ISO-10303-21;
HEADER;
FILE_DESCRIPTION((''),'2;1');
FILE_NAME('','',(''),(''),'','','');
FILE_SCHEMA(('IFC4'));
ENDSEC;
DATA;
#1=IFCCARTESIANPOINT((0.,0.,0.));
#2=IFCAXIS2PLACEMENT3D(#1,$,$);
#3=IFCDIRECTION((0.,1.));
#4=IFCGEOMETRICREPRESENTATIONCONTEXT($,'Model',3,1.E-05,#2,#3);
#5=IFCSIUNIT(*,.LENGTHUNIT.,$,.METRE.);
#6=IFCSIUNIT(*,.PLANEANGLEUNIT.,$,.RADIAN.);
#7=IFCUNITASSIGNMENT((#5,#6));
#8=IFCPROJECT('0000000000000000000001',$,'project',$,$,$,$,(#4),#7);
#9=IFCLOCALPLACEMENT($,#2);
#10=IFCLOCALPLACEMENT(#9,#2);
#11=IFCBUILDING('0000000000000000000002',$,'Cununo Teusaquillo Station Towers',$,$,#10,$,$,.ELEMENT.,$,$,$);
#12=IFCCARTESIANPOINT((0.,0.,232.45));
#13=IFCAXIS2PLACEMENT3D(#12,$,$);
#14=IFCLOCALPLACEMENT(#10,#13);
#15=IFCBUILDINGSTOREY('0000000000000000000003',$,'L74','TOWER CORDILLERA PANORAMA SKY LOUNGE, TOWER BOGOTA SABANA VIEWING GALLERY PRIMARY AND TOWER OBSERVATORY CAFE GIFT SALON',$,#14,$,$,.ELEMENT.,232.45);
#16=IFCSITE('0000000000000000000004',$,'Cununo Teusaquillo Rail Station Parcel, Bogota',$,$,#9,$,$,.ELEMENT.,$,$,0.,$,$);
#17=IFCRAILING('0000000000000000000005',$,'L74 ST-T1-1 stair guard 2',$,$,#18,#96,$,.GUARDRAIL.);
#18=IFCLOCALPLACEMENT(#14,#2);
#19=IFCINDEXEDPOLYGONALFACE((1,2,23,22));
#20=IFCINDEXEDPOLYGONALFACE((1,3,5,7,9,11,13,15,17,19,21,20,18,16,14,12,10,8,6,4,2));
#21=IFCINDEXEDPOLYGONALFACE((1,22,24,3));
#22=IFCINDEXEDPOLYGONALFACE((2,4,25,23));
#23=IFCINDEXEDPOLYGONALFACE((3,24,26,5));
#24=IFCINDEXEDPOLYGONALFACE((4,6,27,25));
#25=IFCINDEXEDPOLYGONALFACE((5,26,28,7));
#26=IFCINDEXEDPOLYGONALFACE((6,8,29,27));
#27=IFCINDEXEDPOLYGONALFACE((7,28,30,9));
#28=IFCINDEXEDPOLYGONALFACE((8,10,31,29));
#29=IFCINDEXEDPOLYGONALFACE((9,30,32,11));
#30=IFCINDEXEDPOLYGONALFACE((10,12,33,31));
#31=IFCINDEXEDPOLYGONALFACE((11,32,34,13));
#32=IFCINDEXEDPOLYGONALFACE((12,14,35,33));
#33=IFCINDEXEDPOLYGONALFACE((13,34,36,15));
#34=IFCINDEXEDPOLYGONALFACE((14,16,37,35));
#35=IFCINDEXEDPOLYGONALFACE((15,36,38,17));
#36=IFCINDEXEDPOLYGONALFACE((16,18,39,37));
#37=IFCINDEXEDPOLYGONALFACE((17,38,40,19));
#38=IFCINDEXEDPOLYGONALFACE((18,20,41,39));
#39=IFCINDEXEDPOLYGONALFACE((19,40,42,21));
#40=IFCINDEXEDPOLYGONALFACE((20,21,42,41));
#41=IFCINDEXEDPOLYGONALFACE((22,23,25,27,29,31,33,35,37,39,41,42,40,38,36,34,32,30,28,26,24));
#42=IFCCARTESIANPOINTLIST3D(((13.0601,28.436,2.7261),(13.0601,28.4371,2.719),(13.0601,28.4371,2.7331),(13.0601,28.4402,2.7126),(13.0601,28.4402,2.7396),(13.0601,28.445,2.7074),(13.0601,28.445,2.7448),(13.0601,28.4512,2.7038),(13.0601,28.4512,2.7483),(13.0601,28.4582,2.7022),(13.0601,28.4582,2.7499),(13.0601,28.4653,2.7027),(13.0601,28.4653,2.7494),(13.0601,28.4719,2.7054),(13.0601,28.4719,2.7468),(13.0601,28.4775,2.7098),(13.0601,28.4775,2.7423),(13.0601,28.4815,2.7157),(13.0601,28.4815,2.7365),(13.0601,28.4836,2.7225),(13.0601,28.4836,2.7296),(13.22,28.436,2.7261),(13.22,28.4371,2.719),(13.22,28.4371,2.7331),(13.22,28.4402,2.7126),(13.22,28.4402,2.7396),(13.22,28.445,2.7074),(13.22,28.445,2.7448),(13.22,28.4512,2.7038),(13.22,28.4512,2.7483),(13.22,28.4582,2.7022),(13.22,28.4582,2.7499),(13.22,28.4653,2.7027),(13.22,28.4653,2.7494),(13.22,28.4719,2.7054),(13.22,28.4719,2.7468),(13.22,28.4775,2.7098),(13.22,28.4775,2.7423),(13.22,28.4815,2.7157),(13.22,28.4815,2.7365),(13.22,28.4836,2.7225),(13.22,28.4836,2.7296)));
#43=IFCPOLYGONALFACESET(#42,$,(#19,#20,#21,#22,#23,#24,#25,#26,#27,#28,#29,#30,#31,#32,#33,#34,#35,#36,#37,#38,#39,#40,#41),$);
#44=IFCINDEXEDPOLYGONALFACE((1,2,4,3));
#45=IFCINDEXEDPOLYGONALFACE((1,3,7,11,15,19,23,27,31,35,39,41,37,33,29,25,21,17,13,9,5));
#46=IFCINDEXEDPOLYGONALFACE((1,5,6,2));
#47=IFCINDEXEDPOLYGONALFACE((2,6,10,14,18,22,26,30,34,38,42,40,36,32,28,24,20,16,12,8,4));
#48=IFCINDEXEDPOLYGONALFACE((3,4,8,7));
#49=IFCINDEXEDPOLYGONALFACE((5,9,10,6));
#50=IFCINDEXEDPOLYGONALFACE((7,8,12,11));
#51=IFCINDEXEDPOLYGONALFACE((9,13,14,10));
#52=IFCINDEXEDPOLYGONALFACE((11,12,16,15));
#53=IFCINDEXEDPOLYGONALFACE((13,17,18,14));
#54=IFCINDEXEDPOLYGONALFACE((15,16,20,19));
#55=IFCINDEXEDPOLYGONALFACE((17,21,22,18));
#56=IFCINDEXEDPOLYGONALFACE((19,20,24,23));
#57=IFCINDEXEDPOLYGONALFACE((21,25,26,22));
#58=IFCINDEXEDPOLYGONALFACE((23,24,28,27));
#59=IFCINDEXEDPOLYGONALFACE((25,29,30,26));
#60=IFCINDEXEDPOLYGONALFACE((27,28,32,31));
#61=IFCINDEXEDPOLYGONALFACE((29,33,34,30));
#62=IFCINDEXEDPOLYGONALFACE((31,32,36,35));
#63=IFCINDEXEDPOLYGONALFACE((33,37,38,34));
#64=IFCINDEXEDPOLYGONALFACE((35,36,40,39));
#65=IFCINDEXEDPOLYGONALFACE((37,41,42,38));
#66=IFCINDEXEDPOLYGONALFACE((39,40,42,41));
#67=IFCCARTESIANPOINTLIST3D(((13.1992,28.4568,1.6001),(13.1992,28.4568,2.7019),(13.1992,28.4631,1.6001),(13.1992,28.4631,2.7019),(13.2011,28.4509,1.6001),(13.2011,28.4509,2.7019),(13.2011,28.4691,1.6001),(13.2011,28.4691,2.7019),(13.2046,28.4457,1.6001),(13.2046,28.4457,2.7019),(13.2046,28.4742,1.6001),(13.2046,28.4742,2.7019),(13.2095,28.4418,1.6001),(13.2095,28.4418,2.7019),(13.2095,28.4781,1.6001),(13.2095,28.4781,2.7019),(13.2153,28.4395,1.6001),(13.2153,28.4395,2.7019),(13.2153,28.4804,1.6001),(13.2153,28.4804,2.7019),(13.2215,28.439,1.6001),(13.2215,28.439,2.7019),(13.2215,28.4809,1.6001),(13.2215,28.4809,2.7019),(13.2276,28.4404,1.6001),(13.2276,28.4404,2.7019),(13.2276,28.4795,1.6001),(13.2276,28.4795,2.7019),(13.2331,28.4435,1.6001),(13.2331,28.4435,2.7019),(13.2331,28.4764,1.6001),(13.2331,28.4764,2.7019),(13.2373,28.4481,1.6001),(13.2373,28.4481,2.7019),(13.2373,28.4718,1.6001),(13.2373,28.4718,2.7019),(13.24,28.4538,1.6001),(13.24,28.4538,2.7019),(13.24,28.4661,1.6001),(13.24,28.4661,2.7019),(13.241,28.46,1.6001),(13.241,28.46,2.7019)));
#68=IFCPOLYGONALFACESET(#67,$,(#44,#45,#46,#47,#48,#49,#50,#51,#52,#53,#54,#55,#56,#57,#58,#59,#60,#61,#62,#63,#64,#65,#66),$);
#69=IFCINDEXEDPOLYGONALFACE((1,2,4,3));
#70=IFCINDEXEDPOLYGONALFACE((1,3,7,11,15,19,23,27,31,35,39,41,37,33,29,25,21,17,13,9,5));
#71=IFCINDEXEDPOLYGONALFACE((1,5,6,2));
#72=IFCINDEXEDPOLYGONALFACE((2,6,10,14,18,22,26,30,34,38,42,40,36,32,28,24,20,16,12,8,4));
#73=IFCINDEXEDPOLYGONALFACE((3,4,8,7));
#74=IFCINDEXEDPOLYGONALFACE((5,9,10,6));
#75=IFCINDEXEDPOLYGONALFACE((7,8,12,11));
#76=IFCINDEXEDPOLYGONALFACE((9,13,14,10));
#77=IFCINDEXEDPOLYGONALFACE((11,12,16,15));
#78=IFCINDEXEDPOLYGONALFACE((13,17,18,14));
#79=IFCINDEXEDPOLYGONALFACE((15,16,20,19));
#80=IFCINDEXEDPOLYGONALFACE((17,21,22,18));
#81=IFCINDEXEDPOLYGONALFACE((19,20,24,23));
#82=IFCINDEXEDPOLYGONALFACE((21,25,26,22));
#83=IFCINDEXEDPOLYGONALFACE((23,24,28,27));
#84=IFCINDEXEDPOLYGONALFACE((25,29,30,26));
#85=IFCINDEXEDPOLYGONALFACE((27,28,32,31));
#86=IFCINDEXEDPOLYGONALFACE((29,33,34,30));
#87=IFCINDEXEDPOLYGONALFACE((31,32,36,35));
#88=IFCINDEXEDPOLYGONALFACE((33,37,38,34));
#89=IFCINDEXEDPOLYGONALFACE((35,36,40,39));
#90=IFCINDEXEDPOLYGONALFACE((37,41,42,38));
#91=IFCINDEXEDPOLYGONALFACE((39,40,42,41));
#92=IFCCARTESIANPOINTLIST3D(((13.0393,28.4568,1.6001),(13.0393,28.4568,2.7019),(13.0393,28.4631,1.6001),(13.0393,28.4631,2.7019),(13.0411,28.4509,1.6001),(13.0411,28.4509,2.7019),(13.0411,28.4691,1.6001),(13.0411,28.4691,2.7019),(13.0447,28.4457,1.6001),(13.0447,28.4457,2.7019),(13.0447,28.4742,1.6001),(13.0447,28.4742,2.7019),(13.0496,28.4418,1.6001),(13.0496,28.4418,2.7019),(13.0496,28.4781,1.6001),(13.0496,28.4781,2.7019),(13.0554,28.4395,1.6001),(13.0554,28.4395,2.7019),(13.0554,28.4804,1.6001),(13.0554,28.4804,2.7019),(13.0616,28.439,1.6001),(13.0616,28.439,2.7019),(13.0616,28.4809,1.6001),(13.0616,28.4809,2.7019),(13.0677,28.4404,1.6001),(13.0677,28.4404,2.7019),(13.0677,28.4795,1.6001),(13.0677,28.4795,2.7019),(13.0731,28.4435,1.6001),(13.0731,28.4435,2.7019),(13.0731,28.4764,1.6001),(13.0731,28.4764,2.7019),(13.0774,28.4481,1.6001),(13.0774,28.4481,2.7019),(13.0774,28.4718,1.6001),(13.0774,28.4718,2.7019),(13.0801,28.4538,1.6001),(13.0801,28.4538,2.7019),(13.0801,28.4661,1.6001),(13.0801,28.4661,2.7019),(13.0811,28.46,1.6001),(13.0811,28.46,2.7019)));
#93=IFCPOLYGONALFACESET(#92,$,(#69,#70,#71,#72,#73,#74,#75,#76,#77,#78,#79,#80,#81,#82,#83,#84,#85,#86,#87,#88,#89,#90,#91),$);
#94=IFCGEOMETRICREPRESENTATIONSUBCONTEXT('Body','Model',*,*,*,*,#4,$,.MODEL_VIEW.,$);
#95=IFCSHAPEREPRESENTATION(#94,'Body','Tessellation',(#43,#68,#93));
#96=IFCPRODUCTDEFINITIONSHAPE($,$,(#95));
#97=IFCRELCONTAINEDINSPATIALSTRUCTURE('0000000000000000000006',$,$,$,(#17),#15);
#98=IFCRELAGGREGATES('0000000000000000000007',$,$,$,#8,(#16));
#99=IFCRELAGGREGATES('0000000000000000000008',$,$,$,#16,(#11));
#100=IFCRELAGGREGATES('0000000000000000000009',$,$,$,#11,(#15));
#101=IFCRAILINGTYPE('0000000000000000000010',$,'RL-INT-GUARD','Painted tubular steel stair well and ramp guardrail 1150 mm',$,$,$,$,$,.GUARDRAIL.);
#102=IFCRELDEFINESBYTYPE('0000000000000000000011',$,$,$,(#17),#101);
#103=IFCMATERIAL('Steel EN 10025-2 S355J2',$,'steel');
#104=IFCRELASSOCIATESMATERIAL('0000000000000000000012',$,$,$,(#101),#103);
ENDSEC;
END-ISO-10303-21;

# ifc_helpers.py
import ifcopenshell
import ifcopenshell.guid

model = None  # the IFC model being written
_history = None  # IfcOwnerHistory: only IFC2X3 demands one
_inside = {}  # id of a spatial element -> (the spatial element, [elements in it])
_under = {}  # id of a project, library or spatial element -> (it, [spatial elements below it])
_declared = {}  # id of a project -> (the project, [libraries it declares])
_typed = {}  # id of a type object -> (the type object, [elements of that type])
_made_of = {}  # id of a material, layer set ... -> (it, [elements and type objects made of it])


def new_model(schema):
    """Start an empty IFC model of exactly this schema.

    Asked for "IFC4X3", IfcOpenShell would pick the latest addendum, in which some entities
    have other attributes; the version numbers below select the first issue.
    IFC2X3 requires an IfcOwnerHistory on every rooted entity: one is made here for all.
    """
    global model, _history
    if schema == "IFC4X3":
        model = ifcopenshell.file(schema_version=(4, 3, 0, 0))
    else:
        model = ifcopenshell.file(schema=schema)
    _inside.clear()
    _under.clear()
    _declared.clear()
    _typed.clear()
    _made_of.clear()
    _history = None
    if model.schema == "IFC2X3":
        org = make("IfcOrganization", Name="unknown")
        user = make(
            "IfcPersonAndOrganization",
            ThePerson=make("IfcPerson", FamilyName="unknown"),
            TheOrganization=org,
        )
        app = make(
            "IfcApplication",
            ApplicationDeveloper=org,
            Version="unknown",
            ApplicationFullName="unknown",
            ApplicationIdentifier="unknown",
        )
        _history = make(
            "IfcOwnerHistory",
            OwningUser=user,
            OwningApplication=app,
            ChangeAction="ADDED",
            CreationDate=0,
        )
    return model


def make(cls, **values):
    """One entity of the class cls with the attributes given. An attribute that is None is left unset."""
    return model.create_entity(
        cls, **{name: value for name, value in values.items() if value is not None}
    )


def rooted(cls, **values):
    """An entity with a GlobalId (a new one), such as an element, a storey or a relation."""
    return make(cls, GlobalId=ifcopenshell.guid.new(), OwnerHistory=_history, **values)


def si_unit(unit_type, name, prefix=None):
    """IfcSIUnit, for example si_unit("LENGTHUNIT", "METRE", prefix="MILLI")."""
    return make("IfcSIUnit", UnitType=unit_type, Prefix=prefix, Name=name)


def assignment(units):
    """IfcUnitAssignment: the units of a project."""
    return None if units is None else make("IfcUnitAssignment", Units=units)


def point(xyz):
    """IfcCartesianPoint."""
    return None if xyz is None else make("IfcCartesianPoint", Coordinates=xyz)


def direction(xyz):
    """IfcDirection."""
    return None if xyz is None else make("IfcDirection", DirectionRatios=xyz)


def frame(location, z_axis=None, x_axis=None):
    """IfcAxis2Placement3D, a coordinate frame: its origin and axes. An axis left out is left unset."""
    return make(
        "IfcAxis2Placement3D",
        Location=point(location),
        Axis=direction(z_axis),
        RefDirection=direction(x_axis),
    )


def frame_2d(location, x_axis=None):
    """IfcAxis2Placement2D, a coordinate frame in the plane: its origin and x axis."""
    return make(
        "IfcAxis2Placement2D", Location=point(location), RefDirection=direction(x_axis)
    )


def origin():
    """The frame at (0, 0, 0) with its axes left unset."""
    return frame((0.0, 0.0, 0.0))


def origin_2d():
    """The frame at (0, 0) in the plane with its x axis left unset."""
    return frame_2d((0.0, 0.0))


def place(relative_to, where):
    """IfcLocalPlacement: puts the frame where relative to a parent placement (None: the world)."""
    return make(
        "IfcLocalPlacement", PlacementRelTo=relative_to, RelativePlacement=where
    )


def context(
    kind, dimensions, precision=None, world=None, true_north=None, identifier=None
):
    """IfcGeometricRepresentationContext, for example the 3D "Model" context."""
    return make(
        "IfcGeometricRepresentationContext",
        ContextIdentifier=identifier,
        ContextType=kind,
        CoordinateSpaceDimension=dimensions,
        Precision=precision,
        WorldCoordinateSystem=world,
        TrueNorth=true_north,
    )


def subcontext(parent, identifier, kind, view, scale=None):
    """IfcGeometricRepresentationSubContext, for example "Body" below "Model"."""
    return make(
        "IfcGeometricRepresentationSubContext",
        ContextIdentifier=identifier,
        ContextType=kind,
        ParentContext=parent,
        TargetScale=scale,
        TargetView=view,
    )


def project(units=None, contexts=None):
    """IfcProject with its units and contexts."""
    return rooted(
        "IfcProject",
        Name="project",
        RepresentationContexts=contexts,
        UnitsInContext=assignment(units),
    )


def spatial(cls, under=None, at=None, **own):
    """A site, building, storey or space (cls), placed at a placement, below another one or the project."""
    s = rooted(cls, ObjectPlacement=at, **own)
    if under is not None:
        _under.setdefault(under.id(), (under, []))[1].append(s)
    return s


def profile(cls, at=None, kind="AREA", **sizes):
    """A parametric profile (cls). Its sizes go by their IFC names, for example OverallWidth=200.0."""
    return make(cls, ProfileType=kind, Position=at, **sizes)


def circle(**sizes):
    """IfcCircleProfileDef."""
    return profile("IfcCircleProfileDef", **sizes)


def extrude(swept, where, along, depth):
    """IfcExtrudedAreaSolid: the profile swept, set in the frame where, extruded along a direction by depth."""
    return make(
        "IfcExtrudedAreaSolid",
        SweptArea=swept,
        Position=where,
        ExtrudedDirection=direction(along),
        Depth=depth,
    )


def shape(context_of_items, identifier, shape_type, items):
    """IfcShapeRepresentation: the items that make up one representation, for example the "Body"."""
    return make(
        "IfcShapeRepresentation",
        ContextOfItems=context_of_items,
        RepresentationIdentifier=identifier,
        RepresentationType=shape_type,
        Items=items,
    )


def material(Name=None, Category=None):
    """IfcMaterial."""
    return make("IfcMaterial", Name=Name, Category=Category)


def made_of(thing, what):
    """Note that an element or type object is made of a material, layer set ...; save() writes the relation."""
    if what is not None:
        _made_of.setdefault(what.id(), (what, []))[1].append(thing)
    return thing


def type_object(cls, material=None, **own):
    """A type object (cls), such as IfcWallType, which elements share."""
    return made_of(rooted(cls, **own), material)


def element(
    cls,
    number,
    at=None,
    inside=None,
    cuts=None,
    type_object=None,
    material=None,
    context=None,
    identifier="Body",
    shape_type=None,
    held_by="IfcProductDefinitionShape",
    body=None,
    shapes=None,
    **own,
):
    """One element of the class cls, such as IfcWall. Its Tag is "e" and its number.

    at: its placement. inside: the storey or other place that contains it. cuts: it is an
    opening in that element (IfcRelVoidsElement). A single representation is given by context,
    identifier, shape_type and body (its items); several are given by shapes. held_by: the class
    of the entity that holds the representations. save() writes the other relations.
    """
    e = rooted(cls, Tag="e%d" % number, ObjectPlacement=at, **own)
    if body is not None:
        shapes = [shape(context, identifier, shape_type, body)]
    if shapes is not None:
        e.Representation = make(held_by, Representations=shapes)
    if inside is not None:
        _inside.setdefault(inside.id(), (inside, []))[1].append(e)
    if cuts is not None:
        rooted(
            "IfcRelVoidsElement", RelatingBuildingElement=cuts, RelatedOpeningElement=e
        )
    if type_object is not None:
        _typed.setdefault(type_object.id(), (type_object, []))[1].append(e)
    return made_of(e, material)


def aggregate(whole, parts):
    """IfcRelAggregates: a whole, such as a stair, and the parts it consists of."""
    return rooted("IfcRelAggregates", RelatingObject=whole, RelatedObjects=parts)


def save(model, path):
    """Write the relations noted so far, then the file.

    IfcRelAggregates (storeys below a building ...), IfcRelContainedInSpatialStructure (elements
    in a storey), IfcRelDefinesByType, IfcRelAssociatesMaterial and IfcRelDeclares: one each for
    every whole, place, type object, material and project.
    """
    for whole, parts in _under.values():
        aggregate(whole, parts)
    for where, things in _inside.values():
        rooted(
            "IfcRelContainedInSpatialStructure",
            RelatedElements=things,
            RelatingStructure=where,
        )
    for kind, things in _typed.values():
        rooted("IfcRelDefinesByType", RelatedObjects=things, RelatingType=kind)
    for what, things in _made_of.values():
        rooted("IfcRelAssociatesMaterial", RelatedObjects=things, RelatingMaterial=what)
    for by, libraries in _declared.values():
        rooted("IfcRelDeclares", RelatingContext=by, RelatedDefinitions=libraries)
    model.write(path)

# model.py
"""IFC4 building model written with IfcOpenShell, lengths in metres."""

from ifc_helpers import new_model, si_unit, direction, frame, origin, origin_2d, place, context, subcontext, project, spatial, circle, extrude, material, type_object, element, save


model = new_model("IFC4")

# Units and contexts
model_context = context("Model", 3, precision=1e-05, world=origin(), true_north=direction((0.0, 1.0)))
body_context = subcontext(model_context, "Body", "Model", "MODEL_VIEW")
ifc_project = project(units=[si_unit("LENGTHUNIT", "METRE"), si_unit("PLANEANGLEUNIT", "RADIAN")], contexts=[model_context])

# Site, building, storey
site_placement = place(None, origin())
site = spatial("IfcSite", under=ifc_project, at=site_placement, Name="Cununo Teusaquillo Rail Station Parcel, Bogota", CompositionType="ELEMENT", RefElevation=0.0)
building_placement = place(site_placement, origin())
building = spatial("IfcBuilding", under=site, at=building_placement, Name="Cununo Teusaquillo Station Towers", CompositionType="ELEMENT")
storey_placement = place(building_placement, frame((0.0, 0.0, 232.45)))
storey = spatial("IfcBuildingStorey", under=building, at=storey_placement, Name="L74", Description="TOWER CORDILLERA PANORAMA SKY LOUNGE, TOWER BOGOTA SABANA VIEWING GALLERY PRIMARY AND TOWER OBSERVATORY CAFE GIFT SALON", CompositionType="ELEMENT", Elevation=232.45)

# Railing
ifc_material_1 = material(Name="Steel EN 10025-2 S355J2", Category="steel")
railing_type_1 = type_object("IfcRailingType", Name="RL-INT-GUARD", Description="Painted tubular steel stair well and ramp guardrail 1150 mm", PredefinedType="GUARDRAIL", material=ifc_material_1)
railing_1_placement = place(storey_placement, frame((13.22, 28.46, 1.6001)))
element("IfcRailing", 1, at=railing_1_placement, inside=storey, type_object=railing_type_1, Name="L74 ST-T1-1 stair guard 2", PredefinedType="GUARDRAIL", context=body_context, shape_type="SweptSolid", body=[
    extrude(circle(Radius=0.0239, at=origin_2d()), frame((0.0, 0.0, 1.126), z_axis=(-1.0, 0.0, 0.0), x_axis=(0.0, -1.0, 0.0)), (0.0, 0.0, 1.0), 0.1599),
    extrude(circle(Radius=0.021, at=origin_2d()), origin(), (0.0, 0.0, 1.0), 1.1018),
    extrude(circle(Radius=0.021, at=origin_2d()), frame((-0.1599, 0.0, 0.0)), (0.0, 0.0, 1.0), 1.1018),
])

save(model, "model.ifc")
